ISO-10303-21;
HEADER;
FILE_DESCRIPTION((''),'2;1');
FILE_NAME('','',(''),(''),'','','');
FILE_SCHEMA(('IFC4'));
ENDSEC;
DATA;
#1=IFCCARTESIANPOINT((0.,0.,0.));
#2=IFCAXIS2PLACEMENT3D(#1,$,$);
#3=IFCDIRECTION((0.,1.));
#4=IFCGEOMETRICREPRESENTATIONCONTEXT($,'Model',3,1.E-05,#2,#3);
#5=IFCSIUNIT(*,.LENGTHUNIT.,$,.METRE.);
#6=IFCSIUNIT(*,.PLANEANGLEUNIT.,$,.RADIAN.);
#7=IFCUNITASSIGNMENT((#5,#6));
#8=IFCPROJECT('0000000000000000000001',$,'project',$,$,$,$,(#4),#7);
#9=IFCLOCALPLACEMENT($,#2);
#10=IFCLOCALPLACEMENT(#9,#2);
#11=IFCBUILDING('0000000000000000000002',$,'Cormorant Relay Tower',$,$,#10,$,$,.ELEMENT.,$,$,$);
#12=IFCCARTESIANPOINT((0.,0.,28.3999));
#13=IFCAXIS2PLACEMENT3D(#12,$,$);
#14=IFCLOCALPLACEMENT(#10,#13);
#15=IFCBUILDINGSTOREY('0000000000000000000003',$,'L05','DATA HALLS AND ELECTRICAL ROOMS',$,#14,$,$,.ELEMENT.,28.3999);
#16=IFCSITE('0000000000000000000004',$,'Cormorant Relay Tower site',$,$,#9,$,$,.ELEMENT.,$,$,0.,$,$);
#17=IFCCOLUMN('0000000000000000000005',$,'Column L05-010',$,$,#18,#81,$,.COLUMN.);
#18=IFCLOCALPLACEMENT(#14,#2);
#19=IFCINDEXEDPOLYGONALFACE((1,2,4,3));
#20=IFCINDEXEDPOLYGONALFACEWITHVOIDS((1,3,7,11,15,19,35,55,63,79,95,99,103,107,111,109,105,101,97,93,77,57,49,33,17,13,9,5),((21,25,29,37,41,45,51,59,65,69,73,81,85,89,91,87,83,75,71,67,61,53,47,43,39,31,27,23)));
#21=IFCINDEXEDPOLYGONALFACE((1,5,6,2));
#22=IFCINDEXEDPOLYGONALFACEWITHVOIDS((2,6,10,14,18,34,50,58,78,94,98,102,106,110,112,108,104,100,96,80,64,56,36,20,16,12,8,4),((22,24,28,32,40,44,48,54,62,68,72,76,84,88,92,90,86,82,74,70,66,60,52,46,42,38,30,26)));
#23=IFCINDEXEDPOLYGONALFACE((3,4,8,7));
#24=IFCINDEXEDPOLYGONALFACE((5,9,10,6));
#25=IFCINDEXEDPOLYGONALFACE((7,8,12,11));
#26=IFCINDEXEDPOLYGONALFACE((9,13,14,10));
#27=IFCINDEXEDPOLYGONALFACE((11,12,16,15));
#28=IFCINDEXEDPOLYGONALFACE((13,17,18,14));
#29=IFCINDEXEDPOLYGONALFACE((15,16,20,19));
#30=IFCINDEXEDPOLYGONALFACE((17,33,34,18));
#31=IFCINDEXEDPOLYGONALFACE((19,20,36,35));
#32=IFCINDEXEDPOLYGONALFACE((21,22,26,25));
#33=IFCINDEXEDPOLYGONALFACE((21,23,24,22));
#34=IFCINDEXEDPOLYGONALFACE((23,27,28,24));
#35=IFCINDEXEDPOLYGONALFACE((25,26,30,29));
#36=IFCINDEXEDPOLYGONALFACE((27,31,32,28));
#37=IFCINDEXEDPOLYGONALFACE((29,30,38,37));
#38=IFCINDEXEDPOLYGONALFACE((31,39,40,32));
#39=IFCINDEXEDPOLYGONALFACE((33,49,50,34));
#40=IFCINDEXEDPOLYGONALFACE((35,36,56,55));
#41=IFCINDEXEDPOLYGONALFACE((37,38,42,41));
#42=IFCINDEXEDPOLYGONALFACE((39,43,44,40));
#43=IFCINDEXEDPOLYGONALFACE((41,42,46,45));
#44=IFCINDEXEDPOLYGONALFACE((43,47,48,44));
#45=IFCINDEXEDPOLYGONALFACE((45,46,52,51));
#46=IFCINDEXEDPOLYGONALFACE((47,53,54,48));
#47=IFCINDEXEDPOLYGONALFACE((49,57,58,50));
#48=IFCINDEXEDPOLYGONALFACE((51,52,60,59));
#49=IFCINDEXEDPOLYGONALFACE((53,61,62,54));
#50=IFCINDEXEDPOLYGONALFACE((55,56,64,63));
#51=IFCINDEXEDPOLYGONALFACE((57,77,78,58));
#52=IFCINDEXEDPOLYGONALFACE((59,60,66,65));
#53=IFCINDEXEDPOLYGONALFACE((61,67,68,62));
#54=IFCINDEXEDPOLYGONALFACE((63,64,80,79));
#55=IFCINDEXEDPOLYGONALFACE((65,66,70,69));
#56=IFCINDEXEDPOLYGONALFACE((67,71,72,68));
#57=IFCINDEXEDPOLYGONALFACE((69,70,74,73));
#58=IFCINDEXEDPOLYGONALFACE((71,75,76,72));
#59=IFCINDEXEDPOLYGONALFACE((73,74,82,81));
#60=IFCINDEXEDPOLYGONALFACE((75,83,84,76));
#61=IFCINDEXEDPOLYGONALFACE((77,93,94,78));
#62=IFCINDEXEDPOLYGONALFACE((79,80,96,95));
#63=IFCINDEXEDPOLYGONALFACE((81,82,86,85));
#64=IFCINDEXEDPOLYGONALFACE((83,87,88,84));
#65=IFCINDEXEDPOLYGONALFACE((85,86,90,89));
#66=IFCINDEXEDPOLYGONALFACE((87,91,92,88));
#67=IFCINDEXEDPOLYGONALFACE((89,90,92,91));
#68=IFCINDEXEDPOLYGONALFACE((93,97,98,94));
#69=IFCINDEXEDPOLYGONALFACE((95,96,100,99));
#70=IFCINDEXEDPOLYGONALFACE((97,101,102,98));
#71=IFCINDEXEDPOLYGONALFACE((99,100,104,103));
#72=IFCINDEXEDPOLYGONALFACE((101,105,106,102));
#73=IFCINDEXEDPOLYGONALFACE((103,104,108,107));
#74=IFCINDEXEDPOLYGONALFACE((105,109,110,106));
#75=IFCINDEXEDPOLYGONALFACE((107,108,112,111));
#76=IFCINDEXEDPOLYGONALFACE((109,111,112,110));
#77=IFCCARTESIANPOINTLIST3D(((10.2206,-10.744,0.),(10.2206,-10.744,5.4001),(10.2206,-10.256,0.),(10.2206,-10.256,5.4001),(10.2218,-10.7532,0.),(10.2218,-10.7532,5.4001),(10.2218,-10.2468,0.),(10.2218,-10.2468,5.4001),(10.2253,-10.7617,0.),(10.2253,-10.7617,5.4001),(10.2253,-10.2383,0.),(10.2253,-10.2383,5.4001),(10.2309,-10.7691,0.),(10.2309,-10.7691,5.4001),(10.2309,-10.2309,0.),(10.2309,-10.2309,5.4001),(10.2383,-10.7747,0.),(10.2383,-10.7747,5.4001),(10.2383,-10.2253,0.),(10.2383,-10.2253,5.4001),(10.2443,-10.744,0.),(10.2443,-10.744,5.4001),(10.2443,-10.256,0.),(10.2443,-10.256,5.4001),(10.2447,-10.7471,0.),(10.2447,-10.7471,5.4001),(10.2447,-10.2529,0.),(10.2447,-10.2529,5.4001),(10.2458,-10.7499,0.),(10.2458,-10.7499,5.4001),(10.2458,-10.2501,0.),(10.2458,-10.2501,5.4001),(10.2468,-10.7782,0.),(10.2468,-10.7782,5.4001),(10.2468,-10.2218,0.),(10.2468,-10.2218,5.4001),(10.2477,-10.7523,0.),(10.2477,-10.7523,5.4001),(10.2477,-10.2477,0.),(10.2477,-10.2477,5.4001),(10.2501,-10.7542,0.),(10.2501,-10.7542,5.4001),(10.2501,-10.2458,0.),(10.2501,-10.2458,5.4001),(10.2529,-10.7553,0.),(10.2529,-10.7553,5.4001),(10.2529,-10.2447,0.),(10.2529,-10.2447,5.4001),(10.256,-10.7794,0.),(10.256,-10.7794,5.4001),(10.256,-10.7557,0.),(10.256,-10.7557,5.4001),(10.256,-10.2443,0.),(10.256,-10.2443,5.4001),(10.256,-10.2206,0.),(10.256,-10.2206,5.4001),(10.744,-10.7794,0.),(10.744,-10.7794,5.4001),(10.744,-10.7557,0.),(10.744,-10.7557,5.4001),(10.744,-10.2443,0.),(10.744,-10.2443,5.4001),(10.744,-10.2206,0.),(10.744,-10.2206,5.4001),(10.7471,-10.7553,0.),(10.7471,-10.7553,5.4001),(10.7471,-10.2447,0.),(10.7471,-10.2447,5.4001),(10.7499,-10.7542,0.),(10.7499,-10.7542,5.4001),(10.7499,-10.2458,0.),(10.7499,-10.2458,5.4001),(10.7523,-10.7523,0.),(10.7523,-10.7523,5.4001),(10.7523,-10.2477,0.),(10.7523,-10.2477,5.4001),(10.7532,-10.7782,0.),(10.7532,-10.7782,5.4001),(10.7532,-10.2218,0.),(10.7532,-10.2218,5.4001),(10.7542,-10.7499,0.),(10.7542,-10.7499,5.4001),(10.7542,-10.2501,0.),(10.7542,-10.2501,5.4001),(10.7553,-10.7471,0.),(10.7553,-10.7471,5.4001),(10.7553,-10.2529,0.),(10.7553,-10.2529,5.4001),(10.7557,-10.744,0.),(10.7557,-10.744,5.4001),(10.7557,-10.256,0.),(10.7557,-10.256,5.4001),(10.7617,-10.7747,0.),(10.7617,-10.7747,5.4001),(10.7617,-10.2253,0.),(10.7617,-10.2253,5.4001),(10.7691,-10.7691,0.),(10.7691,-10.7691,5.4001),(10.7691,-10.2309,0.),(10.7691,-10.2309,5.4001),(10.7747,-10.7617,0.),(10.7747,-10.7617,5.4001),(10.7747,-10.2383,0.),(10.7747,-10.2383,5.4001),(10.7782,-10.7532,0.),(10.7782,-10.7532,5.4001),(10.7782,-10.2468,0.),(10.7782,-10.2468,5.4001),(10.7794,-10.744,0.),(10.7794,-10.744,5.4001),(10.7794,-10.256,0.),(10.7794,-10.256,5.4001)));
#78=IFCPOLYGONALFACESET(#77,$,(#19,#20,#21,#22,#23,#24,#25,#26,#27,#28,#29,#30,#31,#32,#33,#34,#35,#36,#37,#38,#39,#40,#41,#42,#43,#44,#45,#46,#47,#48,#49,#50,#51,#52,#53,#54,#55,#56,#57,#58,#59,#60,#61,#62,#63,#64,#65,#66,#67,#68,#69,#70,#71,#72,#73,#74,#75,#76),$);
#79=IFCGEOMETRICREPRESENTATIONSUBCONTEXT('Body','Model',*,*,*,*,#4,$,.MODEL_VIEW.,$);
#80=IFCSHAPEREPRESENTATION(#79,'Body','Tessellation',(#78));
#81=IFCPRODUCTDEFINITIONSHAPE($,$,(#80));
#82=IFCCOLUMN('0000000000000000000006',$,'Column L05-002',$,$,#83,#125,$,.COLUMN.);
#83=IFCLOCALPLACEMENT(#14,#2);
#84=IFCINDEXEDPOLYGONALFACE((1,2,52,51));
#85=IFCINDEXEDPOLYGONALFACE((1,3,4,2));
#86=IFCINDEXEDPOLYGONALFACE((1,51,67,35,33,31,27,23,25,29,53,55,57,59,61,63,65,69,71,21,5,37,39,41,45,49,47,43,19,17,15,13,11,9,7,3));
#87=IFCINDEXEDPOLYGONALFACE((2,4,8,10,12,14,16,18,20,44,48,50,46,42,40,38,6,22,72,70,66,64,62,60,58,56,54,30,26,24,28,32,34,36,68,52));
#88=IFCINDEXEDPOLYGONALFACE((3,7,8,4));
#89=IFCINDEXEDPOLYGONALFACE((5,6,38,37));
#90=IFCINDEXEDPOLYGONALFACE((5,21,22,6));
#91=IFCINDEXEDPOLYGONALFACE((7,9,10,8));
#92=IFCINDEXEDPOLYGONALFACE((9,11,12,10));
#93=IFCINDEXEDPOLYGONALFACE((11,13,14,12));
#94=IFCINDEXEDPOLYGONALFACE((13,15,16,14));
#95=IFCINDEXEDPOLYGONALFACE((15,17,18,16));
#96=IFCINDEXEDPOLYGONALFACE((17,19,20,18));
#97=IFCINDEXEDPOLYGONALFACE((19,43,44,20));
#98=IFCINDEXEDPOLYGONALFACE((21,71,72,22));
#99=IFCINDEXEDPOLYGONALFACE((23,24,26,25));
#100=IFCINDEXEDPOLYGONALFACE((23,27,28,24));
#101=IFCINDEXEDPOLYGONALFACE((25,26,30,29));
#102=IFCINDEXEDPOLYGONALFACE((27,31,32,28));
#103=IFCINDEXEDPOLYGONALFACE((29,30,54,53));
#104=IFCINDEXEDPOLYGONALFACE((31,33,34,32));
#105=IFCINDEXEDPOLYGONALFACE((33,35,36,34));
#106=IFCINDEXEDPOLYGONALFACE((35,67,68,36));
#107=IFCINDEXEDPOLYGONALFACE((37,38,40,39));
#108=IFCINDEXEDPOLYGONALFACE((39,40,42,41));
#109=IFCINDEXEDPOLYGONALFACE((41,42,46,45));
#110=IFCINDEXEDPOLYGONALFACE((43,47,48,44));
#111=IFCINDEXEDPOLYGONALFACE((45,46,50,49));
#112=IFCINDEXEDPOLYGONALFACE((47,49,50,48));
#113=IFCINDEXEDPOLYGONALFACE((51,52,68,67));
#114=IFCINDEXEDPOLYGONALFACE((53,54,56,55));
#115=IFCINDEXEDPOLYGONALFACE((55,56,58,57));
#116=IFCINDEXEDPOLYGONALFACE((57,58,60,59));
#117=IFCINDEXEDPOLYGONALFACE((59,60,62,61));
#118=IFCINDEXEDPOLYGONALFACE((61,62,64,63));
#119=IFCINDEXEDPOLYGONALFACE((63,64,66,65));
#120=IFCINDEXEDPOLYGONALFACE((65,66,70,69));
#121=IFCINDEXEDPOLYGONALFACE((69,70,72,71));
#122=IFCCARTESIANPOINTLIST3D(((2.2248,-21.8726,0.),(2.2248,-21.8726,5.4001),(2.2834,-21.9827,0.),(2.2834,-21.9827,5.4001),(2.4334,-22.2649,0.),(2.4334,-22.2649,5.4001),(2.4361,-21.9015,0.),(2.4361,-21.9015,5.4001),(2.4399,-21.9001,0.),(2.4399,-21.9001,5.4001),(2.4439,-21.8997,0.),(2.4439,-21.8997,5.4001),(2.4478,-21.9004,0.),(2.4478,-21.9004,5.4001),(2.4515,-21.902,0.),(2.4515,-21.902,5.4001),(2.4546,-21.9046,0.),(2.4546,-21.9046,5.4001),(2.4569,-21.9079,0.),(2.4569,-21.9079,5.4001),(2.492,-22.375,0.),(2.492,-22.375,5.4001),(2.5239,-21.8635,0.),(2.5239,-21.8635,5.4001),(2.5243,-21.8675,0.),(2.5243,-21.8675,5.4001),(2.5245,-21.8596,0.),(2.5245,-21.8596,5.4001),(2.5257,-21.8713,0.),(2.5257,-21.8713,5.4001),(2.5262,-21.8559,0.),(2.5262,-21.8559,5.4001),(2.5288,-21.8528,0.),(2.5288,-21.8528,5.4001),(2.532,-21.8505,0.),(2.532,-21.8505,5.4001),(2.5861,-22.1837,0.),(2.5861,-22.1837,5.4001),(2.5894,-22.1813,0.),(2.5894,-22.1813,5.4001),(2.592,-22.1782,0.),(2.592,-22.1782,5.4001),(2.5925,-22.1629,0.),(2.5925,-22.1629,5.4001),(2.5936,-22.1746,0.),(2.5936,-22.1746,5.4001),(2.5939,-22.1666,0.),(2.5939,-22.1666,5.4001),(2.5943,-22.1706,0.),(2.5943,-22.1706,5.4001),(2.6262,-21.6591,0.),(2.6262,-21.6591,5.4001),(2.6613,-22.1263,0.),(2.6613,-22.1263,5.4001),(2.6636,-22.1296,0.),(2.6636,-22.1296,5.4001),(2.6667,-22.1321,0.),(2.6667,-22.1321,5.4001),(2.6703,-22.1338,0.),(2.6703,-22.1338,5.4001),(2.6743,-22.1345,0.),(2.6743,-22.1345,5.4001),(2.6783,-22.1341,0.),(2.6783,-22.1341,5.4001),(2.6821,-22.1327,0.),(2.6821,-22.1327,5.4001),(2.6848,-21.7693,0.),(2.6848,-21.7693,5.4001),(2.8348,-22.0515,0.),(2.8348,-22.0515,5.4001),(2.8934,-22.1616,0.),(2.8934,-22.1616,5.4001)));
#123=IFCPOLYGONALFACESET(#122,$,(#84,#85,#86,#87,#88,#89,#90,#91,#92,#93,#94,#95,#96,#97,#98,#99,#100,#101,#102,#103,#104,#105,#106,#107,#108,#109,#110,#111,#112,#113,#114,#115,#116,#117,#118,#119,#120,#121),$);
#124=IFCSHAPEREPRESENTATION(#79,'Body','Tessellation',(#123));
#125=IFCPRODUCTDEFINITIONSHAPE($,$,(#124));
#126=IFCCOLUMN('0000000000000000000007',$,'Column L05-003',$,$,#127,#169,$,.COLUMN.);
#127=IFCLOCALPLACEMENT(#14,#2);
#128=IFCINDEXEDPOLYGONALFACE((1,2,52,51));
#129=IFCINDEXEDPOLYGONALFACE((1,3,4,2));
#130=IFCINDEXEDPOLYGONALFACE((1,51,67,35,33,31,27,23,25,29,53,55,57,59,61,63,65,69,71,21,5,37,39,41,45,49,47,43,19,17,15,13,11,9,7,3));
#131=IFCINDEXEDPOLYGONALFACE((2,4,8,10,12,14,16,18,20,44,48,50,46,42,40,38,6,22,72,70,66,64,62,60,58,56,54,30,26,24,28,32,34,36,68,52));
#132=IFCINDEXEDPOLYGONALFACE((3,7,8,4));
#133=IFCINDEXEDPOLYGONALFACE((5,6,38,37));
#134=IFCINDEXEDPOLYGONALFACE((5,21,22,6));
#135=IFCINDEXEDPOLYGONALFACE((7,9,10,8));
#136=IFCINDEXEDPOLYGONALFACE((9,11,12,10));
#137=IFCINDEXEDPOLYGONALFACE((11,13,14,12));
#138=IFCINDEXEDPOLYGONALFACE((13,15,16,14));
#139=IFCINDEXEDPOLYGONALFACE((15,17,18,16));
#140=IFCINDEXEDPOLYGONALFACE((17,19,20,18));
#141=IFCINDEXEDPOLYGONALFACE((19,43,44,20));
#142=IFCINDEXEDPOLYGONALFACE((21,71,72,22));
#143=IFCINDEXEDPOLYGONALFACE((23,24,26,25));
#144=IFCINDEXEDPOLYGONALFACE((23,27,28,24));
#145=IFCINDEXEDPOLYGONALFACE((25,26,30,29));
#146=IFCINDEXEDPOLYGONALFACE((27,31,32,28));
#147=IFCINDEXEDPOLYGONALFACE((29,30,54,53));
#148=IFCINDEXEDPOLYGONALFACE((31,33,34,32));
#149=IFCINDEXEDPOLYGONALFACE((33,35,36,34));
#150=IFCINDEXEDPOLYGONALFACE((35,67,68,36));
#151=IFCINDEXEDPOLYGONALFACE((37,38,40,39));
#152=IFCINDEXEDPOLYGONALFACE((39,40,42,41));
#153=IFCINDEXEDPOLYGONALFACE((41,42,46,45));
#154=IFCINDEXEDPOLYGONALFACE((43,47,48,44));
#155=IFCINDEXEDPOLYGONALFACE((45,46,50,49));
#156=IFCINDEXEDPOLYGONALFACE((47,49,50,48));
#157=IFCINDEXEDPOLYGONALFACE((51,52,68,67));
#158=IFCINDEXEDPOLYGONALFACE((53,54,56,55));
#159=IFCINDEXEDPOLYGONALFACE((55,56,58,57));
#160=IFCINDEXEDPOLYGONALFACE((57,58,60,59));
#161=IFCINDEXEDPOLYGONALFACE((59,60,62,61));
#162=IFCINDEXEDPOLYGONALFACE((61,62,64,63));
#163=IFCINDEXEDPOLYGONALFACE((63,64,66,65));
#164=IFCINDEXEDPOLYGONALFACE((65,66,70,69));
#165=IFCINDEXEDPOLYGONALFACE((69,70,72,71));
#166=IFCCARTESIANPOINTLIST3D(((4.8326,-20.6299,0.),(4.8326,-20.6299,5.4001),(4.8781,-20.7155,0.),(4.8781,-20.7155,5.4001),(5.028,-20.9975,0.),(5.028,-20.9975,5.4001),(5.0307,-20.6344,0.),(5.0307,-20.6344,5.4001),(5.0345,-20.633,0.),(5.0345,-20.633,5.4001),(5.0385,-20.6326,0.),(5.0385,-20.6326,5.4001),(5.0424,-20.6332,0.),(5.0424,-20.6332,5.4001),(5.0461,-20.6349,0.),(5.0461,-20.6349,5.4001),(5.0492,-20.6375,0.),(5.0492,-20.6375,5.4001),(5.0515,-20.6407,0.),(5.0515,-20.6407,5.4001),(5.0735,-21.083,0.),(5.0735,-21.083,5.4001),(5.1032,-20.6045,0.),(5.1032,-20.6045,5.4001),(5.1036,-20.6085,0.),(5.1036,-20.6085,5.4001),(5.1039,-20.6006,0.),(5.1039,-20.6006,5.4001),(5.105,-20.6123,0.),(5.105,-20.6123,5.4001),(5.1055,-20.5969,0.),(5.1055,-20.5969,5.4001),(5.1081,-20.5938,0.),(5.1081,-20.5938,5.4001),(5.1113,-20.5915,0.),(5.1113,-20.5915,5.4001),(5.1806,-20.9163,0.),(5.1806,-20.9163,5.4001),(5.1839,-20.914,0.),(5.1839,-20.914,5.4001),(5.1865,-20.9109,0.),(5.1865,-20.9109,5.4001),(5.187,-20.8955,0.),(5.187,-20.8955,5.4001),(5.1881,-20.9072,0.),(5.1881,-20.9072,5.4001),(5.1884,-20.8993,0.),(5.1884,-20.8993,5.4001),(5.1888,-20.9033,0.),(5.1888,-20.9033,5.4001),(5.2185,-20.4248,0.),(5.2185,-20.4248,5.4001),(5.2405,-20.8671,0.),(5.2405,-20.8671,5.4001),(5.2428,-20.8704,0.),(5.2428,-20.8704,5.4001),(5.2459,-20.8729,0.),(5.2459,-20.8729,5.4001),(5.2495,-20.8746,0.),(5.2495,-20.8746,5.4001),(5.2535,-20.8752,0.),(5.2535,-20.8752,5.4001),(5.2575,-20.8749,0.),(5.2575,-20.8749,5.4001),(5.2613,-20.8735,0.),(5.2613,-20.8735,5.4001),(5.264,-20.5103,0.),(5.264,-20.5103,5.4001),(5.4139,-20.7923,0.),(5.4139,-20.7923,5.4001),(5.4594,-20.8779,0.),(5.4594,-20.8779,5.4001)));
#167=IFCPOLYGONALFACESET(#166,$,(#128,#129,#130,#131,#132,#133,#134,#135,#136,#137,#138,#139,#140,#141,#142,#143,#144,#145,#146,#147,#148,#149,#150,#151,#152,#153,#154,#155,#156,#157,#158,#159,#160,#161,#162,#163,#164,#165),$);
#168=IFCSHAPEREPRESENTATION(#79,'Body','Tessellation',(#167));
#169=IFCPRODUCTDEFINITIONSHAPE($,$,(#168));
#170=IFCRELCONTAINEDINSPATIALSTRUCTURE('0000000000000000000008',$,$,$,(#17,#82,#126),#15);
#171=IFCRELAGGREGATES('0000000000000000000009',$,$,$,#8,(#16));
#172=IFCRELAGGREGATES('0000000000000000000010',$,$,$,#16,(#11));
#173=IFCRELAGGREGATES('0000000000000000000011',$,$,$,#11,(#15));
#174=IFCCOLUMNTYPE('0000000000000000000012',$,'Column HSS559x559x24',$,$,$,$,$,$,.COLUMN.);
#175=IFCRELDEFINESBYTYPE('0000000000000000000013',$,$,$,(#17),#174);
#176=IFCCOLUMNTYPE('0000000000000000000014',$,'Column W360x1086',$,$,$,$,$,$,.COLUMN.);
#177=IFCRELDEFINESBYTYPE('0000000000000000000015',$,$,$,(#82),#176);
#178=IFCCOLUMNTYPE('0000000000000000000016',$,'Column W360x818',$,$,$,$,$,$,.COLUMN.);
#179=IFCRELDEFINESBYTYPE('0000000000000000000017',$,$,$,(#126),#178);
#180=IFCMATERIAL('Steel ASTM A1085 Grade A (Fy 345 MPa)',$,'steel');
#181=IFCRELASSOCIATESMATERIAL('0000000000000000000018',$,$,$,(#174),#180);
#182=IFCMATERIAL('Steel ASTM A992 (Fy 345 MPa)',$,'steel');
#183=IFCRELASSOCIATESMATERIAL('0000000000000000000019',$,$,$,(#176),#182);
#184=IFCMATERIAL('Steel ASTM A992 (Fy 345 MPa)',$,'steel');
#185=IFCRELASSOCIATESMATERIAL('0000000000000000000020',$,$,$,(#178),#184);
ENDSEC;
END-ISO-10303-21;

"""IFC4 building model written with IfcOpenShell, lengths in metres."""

from ifc_helpers import new_model, si_unit, direction, frame, origin, origin_2d, place, context, subcontext, project, spatial, hollow_rectangle, i_section, extrude, material, material_profile, profile_set, type_object, element, save


model = new_model("IFC4")

# Units and contexts
model_context = context("Model", 3, precision=1e-05, world=origin(), true_north=direction((0.0, 1.0)))
body_context = subcontext(model_context, "Body", "Model", "MODEL_VIEW")
ifc_project = project(units=[si_unit("LENGTHUNIT", "METRE"), si_unit("PLANEANGLEUNIT", "RADIAN")], contexts=[model_context])

# Site, building, storey
site_placement = place(None, origin())
site = spatial("IfcSite", under=ifc_project, at=site_placement, Name="Cormorant Relay Tower site", CompositionType="ELEMENT", RefElevation=0.0)
building_placement = place(site_placement, origin())
building = spatial("IfcBuilding", under=site, at=building_placement, Name="Cormorant Relay Tower", CompositionType="ELEMENT")
storey_placement = place(building_placement, frame((0.0, 0.0, 28.3999)))
storey = spatial("IfcBuildingStorey", under=building, at=storey_placement, Name="L05", Description="DATA HALLS AND ELECTRICAL ROOMS", CompositionType="ELEMENT", Elevation=28.3999)

# Columns
ifc_material_1 = material(Name="Steel ASTM A1085 Grade A (Fy 345 MPa)", Category="steel")
ifc_material_profile_1 = material_profile(ifc_material_1, hollow_rectangle(XDim=0.5588, YDim=0.5588, WallThickness=0.0237, InnerFilletRadius=0.0117, OuterFilletRadius=0.0354, at=origin_2d()), Name="HSS559x559x24")
ifc_profile_set_1 = profile_set([ifc_material_profile_1], Name="Steel ASTM A1085 Grade A (Fy 345 MPa)")
column_type_1 = type_object("IfcColumnType", Name="Column HSS559x559x24", PredefinedType="COLUMN", material=ifc_profile_set_1)
column_1_placement = place(storey_placement, frame((10.5, -10.5, 0.0), z_axis=(0.0, 0.0, 1.0), x_axis=(1.0, 0.0, 0.0)))
element("IfcColumn", 1, at=column_1_placement, inside=storey, type_object=column_type_1, Name="Column L05-010", PredefinedType="COLUMN", context=body_context, shape_type="SweptSolid", body=[
    extrude(hollow_rectangle(XDim=0.5588, YDim=0.5588, WallThickness=0.0237, InnerFilletRadius=0.0117, OuterFilletRadius=0.0354, at=origin_2d()), origin(), (0.0, 0.0, 1.0), 5.4001),
])
ifc_material_2 = material(Name="Steel ASTM A992 (Fy 345 MPa)", Category="steel")
ifc_material_profile_2 = material_profile(ifc_material_2, i_section(OverallWidth=0.4546, OverallDepth=0.5691, WebThickness=0.0779, FlangeThickness=0.1248, FilletRadius=0.0154, at=origin_2d()), Name="W360x1086")
ifc_profile_set_2 = profile_set([ifc_material_profile_2], Name="Steel ASTM A992 (Fy 345 MPa)")
column_type_2 = type_object("IfcColumnType", Name="Column W360x1086", PredefinedType="COLUMN", material=ifc_profile_set_2)
column_2_placement = place(storey_placement, frame((2.5591, -22.0171, 0.0), z_axis=(0.0, 0.0, 1.0), x_axis=(0.882948, 0.469472, 0.0)))
element("IfcColumn", 2, at=column_2_placement, inside=storey, type_object=column_type_2, Name="Column L05-002", PredefinedType="COLUMN", context=body_context, shape_type="SweptSolid", body=[
    extrude(i_section(OverallWidth=0.4546, OverallDepth=0.5691, WebThickness=0.0779, FlangeThickness=0.1248, FilletRadius=0.0154, at=origin_2d()), origin(), (0.0, 0.0, 1.0), 5.4001),
])
ifc_material_3 = material(Name="Steel ASTM A992 (Fy 345 MPa)", Category="steel")
ifc_material_profile_3 = material_profile(ifc_material_3, i_section(OverallWidth=0.437, OverallDepth=0.5132, WebThickness=0.0605, FlangeThickness=0.0969, FilletRadius=0.0154, at=origin_2d()), Name="W360x818")
ifc_profile_set_3 = profile_set([ifc_material_profile_3], Name="Steel ASTM A992 (Fy 345 MPa)")
column_type_3 = type_object("IfcColumnType", Name="Column W360x818", PredefinedType="COLUMN", material=ifc_profile_set_3)
for number, where, z_axis, x_axis, name in (
    (3, (5.146, -20.7539, 0.0), (0.0, 0.0, 1.0), (0.882948, 0.469472, 0.0), "Column L05-003"),
):
    element("IfcColumn", number, at=place(storey_placement, frame(where, z_axis=z_axis, x_axis=x_axis)), inside=storey, type_object=column_type_3, Name=name, PredefinedType="COLUMN", context=body_context, shape_type="SweptSolid", body=[
        extrude(i_section(OverallWidth=0.437, OverallDepth=0.5132, WebThickness=0.0605, FlangeThickness=0.0969, FilletRadius=0.0154, at=origin_2d()), origin(), (0.0, 0.0, 1.0), 5.4001),
    ])

save(model, "model.ifc")
